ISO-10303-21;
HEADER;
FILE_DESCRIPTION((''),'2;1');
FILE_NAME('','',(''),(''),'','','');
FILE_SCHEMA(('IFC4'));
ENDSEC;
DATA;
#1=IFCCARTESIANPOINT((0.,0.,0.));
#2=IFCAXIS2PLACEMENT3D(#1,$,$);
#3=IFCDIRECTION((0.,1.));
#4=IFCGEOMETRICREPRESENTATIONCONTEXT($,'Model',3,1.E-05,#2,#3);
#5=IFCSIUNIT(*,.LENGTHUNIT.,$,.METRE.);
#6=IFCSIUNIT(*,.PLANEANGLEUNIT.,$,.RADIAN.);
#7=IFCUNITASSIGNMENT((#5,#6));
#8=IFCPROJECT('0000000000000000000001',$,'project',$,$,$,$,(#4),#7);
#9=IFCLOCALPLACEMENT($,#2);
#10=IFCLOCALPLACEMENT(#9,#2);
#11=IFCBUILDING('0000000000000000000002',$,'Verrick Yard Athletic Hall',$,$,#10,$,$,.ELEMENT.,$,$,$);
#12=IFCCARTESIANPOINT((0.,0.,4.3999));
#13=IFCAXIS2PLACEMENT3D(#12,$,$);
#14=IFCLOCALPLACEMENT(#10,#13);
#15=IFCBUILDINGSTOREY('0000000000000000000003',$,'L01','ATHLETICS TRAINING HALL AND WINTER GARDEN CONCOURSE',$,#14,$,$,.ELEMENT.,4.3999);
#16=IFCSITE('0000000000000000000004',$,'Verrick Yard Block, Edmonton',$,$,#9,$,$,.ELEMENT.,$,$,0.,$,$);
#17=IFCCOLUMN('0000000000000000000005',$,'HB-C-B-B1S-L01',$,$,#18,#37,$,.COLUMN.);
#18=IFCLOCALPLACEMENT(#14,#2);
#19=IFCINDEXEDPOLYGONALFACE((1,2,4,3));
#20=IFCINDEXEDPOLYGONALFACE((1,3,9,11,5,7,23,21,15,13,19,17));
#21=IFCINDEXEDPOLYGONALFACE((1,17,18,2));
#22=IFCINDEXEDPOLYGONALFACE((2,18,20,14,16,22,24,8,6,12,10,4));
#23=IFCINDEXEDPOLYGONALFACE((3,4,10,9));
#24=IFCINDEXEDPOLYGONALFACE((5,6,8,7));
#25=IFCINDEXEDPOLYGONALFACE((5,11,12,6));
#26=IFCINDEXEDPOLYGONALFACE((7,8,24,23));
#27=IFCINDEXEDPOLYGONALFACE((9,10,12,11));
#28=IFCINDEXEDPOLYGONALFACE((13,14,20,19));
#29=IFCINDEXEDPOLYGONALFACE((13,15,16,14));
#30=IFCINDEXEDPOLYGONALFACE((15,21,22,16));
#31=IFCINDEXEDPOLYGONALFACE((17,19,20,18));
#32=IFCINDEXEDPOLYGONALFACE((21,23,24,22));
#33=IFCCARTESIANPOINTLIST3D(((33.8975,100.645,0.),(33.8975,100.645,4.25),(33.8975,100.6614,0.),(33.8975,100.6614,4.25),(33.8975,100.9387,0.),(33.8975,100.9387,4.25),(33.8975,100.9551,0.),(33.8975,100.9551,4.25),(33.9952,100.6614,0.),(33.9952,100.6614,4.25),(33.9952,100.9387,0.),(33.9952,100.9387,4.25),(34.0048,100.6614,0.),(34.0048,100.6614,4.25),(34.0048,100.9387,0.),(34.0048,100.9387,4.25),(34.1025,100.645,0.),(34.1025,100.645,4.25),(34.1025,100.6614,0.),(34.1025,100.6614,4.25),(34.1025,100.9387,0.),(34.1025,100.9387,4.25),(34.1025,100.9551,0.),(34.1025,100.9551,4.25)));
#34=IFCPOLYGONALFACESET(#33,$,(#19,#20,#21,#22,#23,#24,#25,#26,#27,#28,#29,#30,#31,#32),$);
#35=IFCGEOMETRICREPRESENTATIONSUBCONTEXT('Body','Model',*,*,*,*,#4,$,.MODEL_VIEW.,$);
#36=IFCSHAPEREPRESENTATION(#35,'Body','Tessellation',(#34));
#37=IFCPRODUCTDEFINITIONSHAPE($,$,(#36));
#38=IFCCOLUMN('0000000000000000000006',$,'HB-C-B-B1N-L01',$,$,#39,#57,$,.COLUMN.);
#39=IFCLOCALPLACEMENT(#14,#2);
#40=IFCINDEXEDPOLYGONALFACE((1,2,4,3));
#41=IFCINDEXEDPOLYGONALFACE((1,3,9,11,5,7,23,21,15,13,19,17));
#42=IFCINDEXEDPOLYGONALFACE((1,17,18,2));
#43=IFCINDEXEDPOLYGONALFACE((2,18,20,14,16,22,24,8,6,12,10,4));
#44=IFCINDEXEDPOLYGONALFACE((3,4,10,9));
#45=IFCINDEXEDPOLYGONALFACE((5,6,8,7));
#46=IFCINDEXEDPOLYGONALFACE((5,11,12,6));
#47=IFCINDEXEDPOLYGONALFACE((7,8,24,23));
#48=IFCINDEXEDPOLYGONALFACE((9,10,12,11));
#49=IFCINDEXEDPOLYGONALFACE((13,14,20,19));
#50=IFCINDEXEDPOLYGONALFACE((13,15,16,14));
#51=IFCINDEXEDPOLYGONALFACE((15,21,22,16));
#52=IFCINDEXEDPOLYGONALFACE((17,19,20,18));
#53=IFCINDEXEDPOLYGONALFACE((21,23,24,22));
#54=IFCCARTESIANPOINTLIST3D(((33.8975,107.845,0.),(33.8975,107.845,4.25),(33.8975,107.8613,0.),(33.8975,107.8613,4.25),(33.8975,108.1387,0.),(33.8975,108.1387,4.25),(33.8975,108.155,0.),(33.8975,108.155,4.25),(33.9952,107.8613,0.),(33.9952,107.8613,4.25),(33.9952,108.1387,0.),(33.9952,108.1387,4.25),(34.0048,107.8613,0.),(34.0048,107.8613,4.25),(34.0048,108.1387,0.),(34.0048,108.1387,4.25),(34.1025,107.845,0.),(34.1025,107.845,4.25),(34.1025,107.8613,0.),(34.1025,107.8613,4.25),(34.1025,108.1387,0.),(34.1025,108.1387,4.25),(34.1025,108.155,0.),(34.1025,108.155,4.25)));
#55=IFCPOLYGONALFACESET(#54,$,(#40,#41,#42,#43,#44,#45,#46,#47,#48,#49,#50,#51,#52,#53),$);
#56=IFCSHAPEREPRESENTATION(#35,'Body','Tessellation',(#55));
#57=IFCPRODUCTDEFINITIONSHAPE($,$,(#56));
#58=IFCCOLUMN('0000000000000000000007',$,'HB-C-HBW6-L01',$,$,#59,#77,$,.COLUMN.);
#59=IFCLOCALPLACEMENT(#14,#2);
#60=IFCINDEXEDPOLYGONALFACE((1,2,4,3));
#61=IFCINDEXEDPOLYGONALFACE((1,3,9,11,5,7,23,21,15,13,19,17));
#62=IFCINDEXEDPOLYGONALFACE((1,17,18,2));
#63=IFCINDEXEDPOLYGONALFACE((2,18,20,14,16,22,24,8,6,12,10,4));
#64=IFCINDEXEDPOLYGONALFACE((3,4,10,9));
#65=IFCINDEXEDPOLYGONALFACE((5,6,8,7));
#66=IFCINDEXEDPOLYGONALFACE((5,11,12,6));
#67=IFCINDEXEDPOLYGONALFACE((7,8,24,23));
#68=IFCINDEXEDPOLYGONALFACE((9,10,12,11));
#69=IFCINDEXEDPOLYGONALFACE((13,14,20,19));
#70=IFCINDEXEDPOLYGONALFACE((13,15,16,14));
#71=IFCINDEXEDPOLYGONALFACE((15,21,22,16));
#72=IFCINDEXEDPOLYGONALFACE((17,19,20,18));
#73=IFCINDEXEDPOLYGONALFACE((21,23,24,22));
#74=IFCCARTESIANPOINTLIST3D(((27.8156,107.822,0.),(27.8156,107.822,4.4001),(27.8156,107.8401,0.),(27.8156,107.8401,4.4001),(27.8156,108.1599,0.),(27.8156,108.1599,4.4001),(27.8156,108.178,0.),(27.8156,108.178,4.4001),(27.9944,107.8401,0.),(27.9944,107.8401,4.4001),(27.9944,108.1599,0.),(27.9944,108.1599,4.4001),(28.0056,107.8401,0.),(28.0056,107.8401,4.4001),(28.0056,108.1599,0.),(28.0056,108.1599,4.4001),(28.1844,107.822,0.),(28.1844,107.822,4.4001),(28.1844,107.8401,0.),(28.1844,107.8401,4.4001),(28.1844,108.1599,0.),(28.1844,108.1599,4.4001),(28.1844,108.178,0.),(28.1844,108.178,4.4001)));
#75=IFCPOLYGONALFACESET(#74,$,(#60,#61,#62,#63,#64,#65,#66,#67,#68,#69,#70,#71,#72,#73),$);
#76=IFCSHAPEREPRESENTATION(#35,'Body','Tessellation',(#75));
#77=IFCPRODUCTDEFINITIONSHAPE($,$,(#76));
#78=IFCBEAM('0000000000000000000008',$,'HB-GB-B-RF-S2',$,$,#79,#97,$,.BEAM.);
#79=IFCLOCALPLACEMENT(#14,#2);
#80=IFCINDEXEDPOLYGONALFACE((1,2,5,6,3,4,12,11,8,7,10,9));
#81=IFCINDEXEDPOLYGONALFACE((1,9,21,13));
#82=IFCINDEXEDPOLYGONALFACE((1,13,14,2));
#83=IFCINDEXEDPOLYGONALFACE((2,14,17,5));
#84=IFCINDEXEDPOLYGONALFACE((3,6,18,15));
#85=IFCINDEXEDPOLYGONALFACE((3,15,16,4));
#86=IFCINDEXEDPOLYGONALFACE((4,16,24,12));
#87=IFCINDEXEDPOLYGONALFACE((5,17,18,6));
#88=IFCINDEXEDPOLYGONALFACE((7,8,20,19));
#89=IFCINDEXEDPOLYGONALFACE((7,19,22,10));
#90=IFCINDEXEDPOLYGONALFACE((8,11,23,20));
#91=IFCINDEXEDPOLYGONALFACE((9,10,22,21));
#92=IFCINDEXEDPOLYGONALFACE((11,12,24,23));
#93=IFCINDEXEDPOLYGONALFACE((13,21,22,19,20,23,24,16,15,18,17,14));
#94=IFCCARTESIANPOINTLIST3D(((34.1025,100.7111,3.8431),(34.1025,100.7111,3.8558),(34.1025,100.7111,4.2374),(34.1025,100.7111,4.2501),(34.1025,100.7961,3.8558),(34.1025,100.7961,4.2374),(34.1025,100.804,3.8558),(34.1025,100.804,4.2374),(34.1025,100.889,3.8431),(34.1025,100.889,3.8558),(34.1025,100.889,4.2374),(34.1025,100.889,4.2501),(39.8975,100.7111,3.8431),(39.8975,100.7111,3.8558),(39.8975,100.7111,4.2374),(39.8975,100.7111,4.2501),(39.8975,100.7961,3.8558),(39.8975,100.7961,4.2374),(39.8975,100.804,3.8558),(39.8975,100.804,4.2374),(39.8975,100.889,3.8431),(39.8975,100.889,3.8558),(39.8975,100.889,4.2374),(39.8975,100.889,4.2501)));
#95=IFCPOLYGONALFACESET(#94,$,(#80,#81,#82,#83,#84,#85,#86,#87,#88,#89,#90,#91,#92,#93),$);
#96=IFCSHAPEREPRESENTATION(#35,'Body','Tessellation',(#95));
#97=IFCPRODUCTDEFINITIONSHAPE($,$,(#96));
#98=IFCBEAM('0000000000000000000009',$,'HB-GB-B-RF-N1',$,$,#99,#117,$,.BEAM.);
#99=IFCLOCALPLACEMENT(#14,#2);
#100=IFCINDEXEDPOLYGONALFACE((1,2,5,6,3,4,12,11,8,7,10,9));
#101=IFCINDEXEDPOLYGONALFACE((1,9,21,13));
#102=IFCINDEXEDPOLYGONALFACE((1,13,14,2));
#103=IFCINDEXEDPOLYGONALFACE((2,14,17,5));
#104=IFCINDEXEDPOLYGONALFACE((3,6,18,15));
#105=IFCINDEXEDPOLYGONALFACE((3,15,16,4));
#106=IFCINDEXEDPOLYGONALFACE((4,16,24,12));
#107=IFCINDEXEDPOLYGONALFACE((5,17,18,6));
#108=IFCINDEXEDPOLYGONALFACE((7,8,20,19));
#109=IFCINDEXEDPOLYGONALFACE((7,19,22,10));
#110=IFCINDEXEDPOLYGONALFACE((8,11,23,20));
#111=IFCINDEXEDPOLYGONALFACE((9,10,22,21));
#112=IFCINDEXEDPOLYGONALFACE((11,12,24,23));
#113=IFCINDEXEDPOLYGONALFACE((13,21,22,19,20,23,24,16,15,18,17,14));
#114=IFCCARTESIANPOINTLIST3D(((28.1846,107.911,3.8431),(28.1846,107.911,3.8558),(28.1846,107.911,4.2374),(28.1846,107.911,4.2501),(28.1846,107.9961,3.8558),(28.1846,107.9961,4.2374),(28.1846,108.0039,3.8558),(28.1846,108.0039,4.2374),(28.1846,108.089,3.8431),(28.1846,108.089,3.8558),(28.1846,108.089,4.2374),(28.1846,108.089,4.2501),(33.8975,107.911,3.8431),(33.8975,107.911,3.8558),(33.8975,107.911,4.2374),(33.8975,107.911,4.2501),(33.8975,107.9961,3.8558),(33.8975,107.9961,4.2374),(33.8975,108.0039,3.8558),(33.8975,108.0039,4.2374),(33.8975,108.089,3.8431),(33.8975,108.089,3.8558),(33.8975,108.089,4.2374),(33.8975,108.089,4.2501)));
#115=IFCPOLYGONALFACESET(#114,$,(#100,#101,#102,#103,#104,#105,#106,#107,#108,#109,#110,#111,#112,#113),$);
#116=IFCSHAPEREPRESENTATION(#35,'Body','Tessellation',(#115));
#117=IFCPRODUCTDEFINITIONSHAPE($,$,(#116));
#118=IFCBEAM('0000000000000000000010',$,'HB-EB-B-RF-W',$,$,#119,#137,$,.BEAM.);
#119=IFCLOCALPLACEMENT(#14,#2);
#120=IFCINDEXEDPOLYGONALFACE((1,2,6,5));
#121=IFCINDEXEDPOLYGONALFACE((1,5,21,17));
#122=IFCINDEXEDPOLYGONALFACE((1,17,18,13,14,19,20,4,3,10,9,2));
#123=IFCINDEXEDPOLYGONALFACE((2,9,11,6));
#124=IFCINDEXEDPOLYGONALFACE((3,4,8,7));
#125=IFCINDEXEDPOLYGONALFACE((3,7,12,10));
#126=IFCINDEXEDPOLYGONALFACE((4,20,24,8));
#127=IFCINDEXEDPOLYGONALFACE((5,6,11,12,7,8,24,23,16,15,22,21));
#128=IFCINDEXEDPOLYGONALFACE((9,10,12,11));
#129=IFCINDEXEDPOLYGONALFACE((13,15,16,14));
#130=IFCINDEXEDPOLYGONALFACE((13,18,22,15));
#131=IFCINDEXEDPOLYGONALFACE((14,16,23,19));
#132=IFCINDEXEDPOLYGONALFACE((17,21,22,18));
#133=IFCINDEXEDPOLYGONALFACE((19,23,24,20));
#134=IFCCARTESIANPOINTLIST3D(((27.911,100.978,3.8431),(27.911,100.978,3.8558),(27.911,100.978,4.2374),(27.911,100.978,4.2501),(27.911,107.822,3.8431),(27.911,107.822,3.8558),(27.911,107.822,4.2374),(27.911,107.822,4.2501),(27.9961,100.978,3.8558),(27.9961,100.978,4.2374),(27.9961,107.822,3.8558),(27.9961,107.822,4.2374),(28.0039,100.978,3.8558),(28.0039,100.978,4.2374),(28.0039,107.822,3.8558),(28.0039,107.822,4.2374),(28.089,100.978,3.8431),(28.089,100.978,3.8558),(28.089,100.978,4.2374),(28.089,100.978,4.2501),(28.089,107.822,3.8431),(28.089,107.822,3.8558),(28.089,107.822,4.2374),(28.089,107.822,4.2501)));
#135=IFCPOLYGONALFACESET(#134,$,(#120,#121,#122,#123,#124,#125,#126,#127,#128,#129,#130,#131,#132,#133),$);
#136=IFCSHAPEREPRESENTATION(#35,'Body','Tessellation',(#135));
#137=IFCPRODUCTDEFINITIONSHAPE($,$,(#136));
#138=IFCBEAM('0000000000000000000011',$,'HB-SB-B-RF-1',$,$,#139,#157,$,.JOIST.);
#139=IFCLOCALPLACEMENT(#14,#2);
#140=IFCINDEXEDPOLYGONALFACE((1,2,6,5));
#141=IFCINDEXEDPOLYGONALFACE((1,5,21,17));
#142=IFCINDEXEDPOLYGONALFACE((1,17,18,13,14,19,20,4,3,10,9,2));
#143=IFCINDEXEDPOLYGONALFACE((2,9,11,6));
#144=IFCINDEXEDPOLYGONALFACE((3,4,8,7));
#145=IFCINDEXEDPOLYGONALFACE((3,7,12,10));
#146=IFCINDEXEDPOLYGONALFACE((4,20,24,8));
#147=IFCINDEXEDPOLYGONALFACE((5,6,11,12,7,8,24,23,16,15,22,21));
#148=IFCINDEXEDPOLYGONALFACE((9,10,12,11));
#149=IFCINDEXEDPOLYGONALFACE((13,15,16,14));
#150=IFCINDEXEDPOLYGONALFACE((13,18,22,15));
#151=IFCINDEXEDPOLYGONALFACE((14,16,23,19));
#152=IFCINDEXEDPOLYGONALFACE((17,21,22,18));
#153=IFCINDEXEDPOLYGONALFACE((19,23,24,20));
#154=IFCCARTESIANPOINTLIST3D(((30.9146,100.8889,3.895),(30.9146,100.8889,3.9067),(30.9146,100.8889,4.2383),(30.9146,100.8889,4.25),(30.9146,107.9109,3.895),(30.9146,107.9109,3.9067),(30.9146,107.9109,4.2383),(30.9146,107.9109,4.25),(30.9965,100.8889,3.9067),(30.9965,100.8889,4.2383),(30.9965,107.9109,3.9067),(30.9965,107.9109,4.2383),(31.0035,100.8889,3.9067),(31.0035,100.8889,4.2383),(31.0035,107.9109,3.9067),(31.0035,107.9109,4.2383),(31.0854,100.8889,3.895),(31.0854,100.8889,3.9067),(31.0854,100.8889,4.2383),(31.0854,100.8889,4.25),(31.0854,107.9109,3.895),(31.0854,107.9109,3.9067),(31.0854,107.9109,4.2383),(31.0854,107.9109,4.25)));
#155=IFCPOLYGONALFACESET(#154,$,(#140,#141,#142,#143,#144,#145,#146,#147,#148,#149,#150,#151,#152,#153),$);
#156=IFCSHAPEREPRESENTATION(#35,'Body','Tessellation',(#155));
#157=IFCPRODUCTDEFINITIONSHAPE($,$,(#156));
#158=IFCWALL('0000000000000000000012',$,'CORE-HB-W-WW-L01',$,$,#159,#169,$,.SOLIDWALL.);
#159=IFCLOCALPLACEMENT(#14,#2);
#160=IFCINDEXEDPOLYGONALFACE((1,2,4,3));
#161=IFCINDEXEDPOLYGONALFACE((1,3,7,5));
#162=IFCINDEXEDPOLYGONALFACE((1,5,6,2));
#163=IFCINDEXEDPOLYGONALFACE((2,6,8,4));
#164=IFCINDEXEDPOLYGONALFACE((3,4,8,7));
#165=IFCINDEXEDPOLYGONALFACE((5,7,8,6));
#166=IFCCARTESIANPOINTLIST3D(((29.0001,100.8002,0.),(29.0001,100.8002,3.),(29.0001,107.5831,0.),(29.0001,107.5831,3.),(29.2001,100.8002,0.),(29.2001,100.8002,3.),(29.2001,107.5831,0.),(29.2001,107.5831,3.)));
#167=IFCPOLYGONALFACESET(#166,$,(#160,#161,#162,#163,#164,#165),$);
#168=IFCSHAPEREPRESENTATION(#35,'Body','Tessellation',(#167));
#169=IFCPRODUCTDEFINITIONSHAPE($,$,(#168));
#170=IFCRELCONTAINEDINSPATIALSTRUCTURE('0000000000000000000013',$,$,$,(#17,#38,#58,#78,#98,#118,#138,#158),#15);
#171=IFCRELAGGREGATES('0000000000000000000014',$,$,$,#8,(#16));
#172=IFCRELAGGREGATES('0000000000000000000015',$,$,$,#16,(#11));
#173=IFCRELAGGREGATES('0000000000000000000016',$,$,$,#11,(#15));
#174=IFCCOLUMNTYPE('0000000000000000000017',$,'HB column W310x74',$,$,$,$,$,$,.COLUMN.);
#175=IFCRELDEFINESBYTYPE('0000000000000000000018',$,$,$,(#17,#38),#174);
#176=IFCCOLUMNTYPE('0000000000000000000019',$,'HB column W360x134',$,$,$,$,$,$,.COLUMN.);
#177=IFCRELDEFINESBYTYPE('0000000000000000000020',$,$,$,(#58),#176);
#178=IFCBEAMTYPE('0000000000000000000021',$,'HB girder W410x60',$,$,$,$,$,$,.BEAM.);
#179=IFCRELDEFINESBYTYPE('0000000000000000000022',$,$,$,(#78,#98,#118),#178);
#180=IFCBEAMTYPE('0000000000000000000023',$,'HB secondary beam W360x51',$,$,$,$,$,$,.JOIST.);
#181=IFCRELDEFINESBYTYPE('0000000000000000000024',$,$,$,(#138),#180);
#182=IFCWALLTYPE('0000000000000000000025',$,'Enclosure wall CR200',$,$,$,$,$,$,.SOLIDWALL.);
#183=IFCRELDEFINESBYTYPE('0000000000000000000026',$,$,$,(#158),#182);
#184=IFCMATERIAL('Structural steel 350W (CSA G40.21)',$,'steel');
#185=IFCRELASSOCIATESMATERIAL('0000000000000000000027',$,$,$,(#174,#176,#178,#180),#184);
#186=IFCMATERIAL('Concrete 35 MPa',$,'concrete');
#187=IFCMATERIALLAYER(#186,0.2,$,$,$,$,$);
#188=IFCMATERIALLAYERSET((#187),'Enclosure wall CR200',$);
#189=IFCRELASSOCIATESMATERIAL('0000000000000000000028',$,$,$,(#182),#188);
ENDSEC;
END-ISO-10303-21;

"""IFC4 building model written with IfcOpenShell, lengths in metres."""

from ifc_helpers import new_model, si_unit, direction, frame, frame_2d, origin, origin_2d, place, context, subcontext, project, spatial, rectangle, i_section, extrude, material, layer, layer_set, material_profile, profile_set, type_object, element, save


model = new_model("IFC4")

# Units and contexts
model_context = context("Model", 3, precision=1e-05, world=origin(), true_north=direction((0.0, 1.0)))
body_context = subcontext(model_context, "Body", "Model", "MODEL_VIEW")
ifc_project = project(units=[si_unit("LENGTHUNIT", "METRE"), si_unit("PLANEANGLEUNIT", "RADIAN")], contexts=[model_context])

# Site, building, storey
site_placement = place(None, origin())
site = spatial("IfcSite", under=ifc_project, at=site_placement, Name="Verrick Yard Block, Edmonton", CompositionType="ELEMENT", RefElevation=0.0)
building_placement = place(site_placement, origin())
building = spatial("IfcBuilding", under=site, at=building_placement, Name="Verrick Yard Athletic Hall", CompositionType="ELEMENT")
storey_placement = place(building_placement, frame((0.0, 0.0, 4.3999)))
storey = spatial("IfcBuildingStorey", under=building, at=storey_placement, Name="L01", Description="ATHLETICS TRAINING HALL AND WINTER GARDEN CONCOURSE", CompositionType="ELEMENT", Elevation=4.3999)

# Columns
ifc_material_1 = material(Name="Structural steel 350W (CSA G40.21)", Category="steel")
ifc_material_profile_1 = material_profile(ifc_material_1, i_section(OverallWidth=0.2051, OverallDepth=0.3101, WebThickness=0.0095, FlangeThickness=0.0164, at=origin_2d()), Name="W310x74")
ifc_profile_set_1 = profile_set([ifc_material_profile_1], Name="Structural steel 350W (CSA G40.21)")
column_type_1 = type_object("IfcColumnType", Name="HB column W310x74", PredefinedType="COLUMN", material=ifc_profile_set_1)
for number, where, z_axis, x_axis, name in (
    (1, (34.0, 100.8, 0.0), (0.0, 0.0, 1.0), (1.0, 0.0, 0.0), "HB-C-B-B1S-L01"),
    (2, (34.0, 108.0, 0.0), (0.0, 0.0, 1.0), (1.0, 0.0, 0.0), "HB-C-B-B1N-L01"),
):
    element("IfcColumn", number, at=place(storey_placement, frame(where, z_axis=z_axis, x_axis=x_axis)), inside=storey, type_object=column_type_1, Name=name, PredefinedType="COLUMN", context=body_context, shape_type="SweptSolid", body=[
        extrude(i_section(OverallWidth=0.2051, OverallDepth=0.3101, WebThickness=0.0095, FlangeThickness=0.0164, at=origin_2d()), origin(), (0.0, 0.0, 1.0), 4.25),
    ])
ifc_material_profile_2 = material_profile(ifc_material_1, i_section(OverallWidth=0.3689, OverallDepth=0.356, WebThickness=0.0112, FlangeThickness=0.0181, at=origin_2d()), Name="W360x134")
ifc_profile_set_2 = profile_set([ifc_material_profile_2], Name="Structural steel 350W (CSA G40.21)")
column_type_2 = type_object("IfcColumnType", Name="HB column W360x134", PredefinedType="COLUMN", material=ifc_profile_set_2)
column_placement = place(storey_placement, frame((28.0, 108.0, 0.0), z_axis=(0.0, 0.0, 1.0), x_axis=(1.0, 0.0, 0.0)))
element("IfcColumn", 3, at=column_placement, inside=storey, type_object=column_type_2, Name="HB-C-HBW6-L01", PredefinedType="COLUMN", context=body_context, shape_type="SweptSolid", body=[
    extrude(i_section(OverallWidth=0.3689, OverallDepth=0.356, WebThickness=0.0112, FlangeThickness=0.0181, at=origin_2d()), origin(), (0.0, 0.0, 1.0), 4.4001),
])

# Beams
ifc_material_profile_3 = material_profile(ifc_material_1, i_section(OverallWidth=0.178, OverallDepth=0.407, WebThickness=0.0078, FlangeThickness=0.0127, at=origin_2d()), Name="W410x60")
ifc_profile_set_3 = profile_set([ifc_material_profile_3], Name="Structural steel 350W (CSA G40.21)")
beam_type_1 = type_object("IfcBeamType", Name="HB girder W410x60", PredefinedType="BEAM", material=ifc_profile_set_3)
beam_1_placement = place(storey_placement, frame((34.1025, 100.8, 4.0466), z_axis=(1.0, 0.0, 0.0), x_axis=(0.0, 1.0, 0.0)))
element("IfcBeam", 4, at=beam_1_placement, inside=storey, type_object=beam_type_1, Name="HB-GB-B-RF-S2", PredefinedType="BEAM", context=body_context, shape_type="SweptSolid", body=[
    extrude(i_section(OverallWidth=0.178, OverallDepth=0.407, WebThickness=0.0078, FlangeThickness=0.0127, at=origin_2d()), origin(), (0.0, 0.0, 1.0), 5.7949),
])
beam_2_placement = place(storey_placement, frame((28.1846, 108.0, 4.0466), z_axis=(1.0, 0.0, 0.0), x_axis=(0.0, 1.0, 0.0)))
element("IfcBeam", 5, at=beam_2_placement, inside=storey, type_object=beam_type_1, Name="HB-GB-B-RF-N1", PredefinedType="BEAM", context=body_context, shape_type="SweptSolid", body=[
    extrude(i_section(OverallWidth=0.178, OverallDepth=0.407, WebThickness=0.0078, FlangeThickness=0.0127, at=origin_2d()), origin(), (0.0, 0.0, 1.0), 5.7129),
])
beam_3_placement = place(storey_placement, frame((28.0, 100.978, 4.0466), z_axis=(0.0, 1.0, 0.0), x_axis=(-1.0, 0.0, 0.0)))
element("IfcBeam", 6, at=beam_3_placement, inside=storey, type_object=beam_type_1, Name="HB-EB-B-RF-W", PredefinedType="BEAM", context=body_context, shape_type="SweptSolid", body=[
    extrude(i_section(OverallWidth=0.178, OverallDepth=0.407, WebThickness=0.0078, FlangeThickness=0.0127, at=origin_2d()), origin(), (0.0, 0.0, 1.0), 6.844),
])
ifc_material_profile_4 = material_profile(ifc_material_1, i_section(OverallWidth=0.1709, OverallDepth=0.355, WebThickness=0.0071, FlangeThickness=0.0117, at=origin_2d()), Name="W360x51")
ifc_profile_set_4 = profile_set([ifc_material_profile_4], Name="Structural steel 350W (CSA G40.21)")
beam_type_2 = type_object("IfcBeamType", Name="HB secondary beam W360x51", PredefinedType="JOIST", material=ifc_profile_set_4)
beam_4_placement = place(storey_placement, frame((31.0, 100.8889, 4.0725), z_axis=(0.0, 1.0, 0.0), x_axis=(-1.0, 0.0, 0.0)))
element("IfcBeam", 7, at=beam_4_placement, inside=storey, type_object=beam_type_2, Name="HB-SB-B-RF-1", PredefinedType="JOIST", context=body_context, shape_type="SweptSolid", body=[
    extrude(i_section(OverallWidth=0.1709, OverallDepth=0.355, WebThickness=0.0071, FlangeThickness=0.0117, at=origin_2d()), origin(), (0.0, 0.0, 1.0), 7.022),
])

# Wall
ifc_material_2 = material(Name="Concrete 35 MPa", Category="concrete")
ifc_layer_1 = layer(ifc_material_2, 0.2)
ifc_layer_set_1 = layer_set([ifc_layer_1], Name="Enclosure wall CR200")
wall_type_1 = type_object("IfcWallType", Name="Enclosure wall CR200", PredefinedType="SOLIDWALL", material=ifc_layer_set_1)
wall_1_placement = place(storey_placement, frame((29.1001, 100.8, 0.0), z_axis=(0.0, 0.0, 1.0), x_axis=(0.0, 1.0, 0.0)))
element("IfcWall", 8, at=wall_1_placement, inside=storey, type_object=wall_type_1, Name="CORE-HB-W-WW-L01", PredefinedType="SOLIDWALL", context=body_context, shape_type="SweptSolid", body=[
    extrude(rectangle(XDim=6.783, YDim=0.2, at=frame_2d((3.3916, 0.0))), origin(), (0.0, 0.0, 1.0), 3.0),
])

save(model, "model.ifc")
